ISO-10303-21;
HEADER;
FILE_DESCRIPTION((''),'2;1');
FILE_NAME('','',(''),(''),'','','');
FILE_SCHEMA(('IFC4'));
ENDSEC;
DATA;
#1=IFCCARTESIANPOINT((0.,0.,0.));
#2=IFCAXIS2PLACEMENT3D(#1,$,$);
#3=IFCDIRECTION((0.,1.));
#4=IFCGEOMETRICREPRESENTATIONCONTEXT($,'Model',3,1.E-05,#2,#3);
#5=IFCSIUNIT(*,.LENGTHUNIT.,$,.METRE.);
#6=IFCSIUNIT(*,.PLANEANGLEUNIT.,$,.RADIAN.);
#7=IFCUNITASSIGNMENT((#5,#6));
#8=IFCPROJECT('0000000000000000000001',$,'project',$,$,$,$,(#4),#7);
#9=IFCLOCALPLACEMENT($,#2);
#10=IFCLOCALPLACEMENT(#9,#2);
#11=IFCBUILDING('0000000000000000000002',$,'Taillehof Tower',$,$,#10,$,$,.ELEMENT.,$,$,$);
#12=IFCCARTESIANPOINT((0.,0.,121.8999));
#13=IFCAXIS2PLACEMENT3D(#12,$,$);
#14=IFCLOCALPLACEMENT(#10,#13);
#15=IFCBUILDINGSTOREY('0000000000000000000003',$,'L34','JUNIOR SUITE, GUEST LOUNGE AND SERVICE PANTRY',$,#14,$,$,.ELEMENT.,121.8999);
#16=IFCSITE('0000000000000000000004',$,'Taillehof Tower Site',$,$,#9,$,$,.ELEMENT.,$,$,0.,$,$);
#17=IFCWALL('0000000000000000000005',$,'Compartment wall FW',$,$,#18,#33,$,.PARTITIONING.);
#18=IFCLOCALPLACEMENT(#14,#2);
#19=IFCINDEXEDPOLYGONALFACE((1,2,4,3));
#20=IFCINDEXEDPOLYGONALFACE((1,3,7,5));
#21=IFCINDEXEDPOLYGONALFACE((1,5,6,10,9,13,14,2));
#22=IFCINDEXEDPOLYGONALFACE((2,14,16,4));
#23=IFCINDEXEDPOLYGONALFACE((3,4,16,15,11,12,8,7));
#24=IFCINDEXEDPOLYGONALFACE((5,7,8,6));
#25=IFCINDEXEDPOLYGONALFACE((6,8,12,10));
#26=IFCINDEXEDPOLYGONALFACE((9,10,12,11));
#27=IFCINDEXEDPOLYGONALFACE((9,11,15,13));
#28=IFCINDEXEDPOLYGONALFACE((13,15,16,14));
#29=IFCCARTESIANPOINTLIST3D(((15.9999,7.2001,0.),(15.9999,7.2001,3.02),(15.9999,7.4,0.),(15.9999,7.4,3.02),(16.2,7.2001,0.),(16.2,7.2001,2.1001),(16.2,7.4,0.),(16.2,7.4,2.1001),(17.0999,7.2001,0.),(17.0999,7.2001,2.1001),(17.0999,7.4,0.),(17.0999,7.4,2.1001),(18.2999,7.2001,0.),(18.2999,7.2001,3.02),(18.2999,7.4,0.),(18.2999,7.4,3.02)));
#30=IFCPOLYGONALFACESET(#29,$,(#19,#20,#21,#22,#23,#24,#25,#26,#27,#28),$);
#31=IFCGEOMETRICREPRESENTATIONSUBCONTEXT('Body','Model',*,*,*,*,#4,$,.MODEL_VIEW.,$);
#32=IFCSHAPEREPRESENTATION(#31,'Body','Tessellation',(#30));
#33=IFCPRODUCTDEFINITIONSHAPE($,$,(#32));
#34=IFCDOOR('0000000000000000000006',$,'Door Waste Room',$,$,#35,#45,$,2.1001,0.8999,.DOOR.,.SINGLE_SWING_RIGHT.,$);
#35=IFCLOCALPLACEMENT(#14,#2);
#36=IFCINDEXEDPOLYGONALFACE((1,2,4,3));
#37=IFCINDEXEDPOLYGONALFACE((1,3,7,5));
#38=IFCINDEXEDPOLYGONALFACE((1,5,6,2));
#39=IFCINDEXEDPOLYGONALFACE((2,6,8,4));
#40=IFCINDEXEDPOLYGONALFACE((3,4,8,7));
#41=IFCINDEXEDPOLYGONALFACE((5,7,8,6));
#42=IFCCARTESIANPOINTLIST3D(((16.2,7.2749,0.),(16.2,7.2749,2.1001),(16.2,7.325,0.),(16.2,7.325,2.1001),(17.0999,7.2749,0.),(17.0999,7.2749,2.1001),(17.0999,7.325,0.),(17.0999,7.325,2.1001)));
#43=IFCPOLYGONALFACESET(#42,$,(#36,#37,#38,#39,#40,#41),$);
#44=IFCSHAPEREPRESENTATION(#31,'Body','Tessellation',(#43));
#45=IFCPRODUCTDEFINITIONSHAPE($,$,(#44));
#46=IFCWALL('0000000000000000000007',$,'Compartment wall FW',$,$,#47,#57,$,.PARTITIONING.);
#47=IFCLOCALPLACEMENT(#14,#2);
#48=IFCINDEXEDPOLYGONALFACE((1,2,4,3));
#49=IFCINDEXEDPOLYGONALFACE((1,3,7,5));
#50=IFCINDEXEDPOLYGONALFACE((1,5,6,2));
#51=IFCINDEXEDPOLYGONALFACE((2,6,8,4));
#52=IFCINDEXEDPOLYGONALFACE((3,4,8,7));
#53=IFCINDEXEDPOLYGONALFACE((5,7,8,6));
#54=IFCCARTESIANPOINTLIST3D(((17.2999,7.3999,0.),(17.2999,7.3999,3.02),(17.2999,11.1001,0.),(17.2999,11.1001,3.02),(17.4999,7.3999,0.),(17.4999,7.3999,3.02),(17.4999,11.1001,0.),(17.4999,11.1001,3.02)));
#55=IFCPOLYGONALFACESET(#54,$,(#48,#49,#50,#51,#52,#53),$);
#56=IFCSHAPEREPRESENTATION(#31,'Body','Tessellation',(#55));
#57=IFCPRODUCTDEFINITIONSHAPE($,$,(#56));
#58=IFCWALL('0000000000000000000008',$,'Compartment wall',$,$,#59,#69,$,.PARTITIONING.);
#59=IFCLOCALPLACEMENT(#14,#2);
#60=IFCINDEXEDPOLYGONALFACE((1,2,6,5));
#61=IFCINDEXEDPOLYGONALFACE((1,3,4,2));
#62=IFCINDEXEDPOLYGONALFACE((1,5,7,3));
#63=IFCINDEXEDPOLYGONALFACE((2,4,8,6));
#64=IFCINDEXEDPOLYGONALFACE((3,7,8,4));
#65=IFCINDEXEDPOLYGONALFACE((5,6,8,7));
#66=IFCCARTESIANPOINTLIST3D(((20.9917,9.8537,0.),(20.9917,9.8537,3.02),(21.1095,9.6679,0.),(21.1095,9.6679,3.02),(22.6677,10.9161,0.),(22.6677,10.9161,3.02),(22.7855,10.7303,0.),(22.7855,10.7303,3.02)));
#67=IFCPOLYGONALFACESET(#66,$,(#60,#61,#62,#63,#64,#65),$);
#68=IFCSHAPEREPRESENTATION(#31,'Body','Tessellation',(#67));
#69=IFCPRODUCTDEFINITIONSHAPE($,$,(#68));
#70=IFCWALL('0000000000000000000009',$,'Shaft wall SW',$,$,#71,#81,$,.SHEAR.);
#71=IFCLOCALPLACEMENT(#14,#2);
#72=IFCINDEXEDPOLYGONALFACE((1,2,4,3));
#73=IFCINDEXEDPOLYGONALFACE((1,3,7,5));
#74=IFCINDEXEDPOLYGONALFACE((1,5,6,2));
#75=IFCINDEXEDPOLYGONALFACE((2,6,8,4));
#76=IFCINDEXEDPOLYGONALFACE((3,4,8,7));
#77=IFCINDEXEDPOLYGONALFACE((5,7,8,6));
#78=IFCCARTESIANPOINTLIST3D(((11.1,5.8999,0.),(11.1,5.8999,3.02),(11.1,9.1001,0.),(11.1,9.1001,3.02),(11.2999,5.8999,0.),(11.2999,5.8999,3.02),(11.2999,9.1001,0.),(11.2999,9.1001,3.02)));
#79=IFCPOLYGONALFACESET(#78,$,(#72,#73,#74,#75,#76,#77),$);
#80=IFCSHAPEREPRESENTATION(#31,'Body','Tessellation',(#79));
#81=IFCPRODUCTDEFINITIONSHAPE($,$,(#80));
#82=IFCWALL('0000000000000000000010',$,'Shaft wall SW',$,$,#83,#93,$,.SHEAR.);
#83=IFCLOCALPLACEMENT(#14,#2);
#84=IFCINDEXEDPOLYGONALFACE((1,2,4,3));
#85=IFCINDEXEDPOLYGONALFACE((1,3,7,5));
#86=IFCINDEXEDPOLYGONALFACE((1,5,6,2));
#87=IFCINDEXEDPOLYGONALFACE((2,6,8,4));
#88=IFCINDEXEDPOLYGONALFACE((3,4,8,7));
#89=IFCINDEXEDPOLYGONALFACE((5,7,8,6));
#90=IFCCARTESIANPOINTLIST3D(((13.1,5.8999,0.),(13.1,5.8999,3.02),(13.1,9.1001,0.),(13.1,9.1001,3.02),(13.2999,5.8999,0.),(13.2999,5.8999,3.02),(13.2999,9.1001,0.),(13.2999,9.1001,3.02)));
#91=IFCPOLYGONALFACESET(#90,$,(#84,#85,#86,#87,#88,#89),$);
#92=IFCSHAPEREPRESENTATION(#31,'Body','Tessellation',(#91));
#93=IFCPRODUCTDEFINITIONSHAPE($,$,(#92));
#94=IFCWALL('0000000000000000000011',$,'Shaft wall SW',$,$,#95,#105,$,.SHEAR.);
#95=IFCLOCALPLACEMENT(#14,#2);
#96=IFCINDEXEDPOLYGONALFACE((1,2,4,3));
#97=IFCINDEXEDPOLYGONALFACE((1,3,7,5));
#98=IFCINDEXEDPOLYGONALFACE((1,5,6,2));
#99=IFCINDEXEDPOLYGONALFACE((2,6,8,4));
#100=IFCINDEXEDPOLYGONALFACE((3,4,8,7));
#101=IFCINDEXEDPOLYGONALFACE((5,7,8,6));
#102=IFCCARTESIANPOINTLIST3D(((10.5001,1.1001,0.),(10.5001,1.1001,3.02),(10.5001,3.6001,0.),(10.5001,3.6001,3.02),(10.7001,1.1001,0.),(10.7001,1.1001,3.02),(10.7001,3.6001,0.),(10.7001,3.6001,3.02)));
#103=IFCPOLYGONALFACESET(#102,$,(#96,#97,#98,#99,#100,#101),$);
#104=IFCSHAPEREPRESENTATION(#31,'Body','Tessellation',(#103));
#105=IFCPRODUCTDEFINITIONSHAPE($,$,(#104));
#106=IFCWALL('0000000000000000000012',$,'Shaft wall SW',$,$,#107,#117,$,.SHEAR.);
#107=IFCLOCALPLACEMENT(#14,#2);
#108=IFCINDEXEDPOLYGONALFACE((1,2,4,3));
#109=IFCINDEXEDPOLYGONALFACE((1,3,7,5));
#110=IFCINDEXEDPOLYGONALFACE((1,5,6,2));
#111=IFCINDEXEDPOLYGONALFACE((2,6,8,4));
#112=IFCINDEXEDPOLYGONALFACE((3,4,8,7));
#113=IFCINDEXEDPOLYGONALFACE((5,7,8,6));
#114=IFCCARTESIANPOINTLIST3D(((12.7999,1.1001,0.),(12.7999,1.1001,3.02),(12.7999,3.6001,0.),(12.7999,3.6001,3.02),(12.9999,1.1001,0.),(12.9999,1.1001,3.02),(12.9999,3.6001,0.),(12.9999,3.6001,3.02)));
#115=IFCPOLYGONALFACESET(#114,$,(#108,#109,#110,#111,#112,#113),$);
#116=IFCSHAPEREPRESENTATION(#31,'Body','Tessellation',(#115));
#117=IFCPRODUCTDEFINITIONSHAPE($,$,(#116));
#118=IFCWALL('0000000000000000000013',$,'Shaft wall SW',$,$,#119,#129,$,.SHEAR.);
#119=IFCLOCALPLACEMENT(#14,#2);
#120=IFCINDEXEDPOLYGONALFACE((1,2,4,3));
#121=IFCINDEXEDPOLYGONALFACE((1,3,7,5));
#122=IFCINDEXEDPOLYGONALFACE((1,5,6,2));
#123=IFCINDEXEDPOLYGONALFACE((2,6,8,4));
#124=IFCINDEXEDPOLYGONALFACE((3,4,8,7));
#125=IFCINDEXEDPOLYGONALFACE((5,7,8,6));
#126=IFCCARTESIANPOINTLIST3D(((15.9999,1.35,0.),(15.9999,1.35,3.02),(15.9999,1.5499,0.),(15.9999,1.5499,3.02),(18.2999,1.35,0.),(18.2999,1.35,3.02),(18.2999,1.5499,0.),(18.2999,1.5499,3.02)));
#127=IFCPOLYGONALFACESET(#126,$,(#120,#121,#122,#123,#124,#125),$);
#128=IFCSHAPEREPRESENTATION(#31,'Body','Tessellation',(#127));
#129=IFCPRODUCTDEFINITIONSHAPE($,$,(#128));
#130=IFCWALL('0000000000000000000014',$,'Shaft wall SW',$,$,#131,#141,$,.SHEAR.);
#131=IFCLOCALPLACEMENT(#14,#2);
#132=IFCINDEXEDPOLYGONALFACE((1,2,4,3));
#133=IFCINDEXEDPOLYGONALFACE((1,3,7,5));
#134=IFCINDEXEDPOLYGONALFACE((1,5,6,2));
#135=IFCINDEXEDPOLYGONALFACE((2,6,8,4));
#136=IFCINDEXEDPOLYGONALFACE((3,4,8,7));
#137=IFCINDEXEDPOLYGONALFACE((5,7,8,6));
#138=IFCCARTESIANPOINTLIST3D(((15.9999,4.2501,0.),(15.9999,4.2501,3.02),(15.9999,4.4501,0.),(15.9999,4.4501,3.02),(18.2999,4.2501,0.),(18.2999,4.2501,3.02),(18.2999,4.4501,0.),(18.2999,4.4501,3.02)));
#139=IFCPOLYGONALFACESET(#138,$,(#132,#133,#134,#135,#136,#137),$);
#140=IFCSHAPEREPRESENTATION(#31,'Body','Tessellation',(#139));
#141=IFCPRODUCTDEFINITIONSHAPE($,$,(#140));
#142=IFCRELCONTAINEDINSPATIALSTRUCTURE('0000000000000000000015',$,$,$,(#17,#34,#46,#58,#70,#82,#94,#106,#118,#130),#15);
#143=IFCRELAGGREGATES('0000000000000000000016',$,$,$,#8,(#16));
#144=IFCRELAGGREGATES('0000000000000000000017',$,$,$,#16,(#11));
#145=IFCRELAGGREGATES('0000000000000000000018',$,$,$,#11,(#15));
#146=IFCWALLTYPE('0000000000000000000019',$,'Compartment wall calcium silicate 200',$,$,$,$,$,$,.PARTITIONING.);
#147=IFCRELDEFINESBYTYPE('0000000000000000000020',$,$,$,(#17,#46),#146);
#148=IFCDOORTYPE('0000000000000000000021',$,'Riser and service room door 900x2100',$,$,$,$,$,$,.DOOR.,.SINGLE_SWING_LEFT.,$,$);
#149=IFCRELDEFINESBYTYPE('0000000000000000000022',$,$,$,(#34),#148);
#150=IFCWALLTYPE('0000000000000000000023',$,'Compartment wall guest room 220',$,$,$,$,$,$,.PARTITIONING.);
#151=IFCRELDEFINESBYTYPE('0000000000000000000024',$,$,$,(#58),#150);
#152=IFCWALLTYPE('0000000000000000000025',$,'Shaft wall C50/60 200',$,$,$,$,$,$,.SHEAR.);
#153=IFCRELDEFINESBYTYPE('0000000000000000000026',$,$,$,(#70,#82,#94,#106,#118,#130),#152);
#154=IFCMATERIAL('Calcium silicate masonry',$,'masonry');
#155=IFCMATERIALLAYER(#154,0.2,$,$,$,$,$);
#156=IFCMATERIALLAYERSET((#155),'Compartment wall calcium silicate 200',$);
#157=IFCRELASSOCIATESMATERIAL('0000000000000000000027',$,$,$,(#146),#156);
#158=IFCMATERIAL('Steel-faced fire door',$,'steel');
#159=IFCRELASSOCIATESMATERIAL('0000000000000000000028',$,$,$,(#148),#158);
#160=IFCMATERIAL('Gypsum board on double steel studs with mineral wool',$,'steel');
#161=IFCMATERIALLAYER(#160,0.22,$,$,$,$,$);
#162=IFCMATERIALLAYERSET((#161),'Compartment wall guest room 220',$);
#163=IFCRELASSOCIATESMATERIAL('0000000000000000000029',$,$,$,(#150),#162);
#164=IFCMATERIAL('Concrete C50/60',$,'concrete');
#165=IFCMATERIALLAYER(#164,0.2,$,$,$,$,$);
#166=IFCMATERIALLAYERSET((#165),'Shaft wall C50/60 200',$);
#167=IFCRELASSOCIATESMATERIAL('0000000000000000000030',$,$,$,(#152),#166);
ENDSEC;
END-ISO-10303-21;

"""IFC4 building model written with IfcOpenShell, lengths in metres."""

from ifc_helpers import new_model, si_unit, direction, frame, frame_2d, origin, place, context, subcontext, project, spatial, rectangle, extrude, material, layer, layer_set, type_object, element, fill, save


model = new_model("IFC4")

# Units and contexts
model_context = context("Model", 3, precision=1e-05, world=origin(), true_north=direction((0.0, 1.0)))
body_context = subcontext(model_context, "Body", "Model", "MODEL_VIEW")
ifc_project = project(units=[si_unit("LENGTHUNIT", "METRE"), si_unit("PLANEANGLEUNIT", "RADIAN")], contexts=[model_context])

# Site, building, storey
site_placement = place(None, origin())
site = spatial("IfcSite", under=ifc_project, at=site_placement, Name="Taillehof Tower Site", CompositionType="ELEMENT", RefElevation=0.0)
building_placement = place(site_placement, origin())
building = spatial("IfcBuilding", under=site, at=building_placement, Name="Taillehof Tower", CompositionType="ELEMENT")
storey_placement = place(building_placement, frame((0.0, 0.0, 121.8999)))
storey = spatial("IfcBuildingStorey", under=building, at=storey_placement, Name="L34", Description="JUNIOR SUITE, GUEST LOUNGE AND SERVICE PANTRY", CompositionType="ELEMENT", Elevation=121.8999)

# Wall, opening, door
ifc_material_1 = material(Name="Calcium silicate masonry", Category="masonry")
ifc_layer_1 = layer(ifc_material_1, 0.2)
ifc_layer_set_1 = layer_set([ifc_layer_1], Name="Compartment wall calcium silicate 200")
wall_type_1 = type_object("IfcWallType", Name="Compartment wall calcium silicate 200", PredefinedType="PARTITIONING", material=ifc_layer_set_1)
wall_1_placement = place(storey_placement, frame((16.0, 7.3, 0.0), z_axis=(0.0, 0.0, 1.0), x_axis=(1.0, 0.0, 0.0)))
wall_1 = element("IfcWall", 1, at=wall_1_placement, inside=storey, type_object=wall_type_1, Name="Compartment wall FW", PredefinedType="PARTITIONING", context=body_context, shape_type="SweptSolid", body=[
    extrude(rectangle(XDim=2.3, YDim=0.2, at=frame_2d((1.1499, 0.0))), origin(), (0.0, 0.0, 1.0), 3.02),
])
opening_1_placement = place(wall_1_placement, frame((0.2, 0.0, 0.0)))
opening_1 = element("IfcOpeningElement", 2, at=opening_1_placement, cuts=wall_1, PredefinedType="OPENING", context=body_context, shape_type="SweptSolid", body=[
    extrude(rectangle(XDim=0.8999, YDim=2.1001, at=frame_2d((0.45, 1.05))), frame((0.0, 0.1099, 0.0), z_axis=(0.0, -1.0, 0.0), x_axis=(1.0, 0.0, 0.0)), (0.0, 0.0, 1.0), 0.22),
])
ifc_material_2 = material(Name="Steel-faced fire door", Category="steel")
door_type = type_object("IfcDoorType", Name="Riser and service room door 900x2100", OperationType="SINGLE_SWING_LEFT", PredefinedType="DOOR", material=ifc_material_2)
door_placement = place(opening_1_placement, origin())
door = element("IfcDoor", 3, at=door_placement, inside=storey, type_object=door_type, Name="Door Waste Room", OperationType="SINGLE_SWING_RIGHT", OverallHeight=2.1001, OverallWidth=0.8999, PredefinedType="DOOR", context=body_context, shape_type="SweptSolid", body=[
    extrude(rectangle(XDim=0.8999, YDim=2.1001, at=frame_2d((0.45, 1.05))), frame((0.0, 0.0249, 0.0), z_axis=(0.0, -1.0, 0.0), x_axis=(1.0, 0.0, 0.0)), (0.0, 0.0, 1.0), 0.05),
])
fill(opening_1, door)

# Walls
wall_2_placement = place(storey_placement, frame((17.3999, 7.3999, 0.0), z_axis=(0.0, 0.0, 1.0), x_axis=(0.0, 1.0, 0.0)))
element("IfcWall", 4, at=wall_2_placement, inside=storey, type_object=wall_type_1, Name="Compartment wall FW", PredefinedType="PARTITIONING", context=body_context, shape_type="SweptSolid", body=[
    extrude(rectangle(XDim=3.7002, YDim=0.2, at=frame_2d((1.8501, 0.0))), origin(), (0.0, 0.0, 1.0), 3.02),
])
ifc_material_3 = material(Name="Gypsum board on double steel studs with mineral wool", Category="steel")
ifc_layer_2 = layer(ifc_material_3, 0.22)
ifc_layer_set_2 = layer_set([ifc_layer_2], Name="Compartment wall guest room 220")
wall_type_2 = type_object("IfcWallType", Name="Compartment wall guest room 220", PredefinedType="PARTITIONING", material=ifc_layer_set_2)
wall_3_placement = place(storey_placement, frame((22.7266, 10.8232, 0.0), z_axis=(0.0, 0.0, 1.0), x_axis=(-0.844587, -0.535418, 0.0)))
element("IfcWall", 5, at=wall_3_placement, inside=storey, type_object=wall_type_2, Name="Compartment wall", PredefinedType="PARTITIONING", context=body_context, shape_type="SweptSolid", body=[
    extrude(rectangle(XDim=1.9844, YDim=0.22, at=frame_2d((0.9922, 0.0))), origin(), (0.0, 0.0, 1.0), 3.02),
])
ifc_material_4 = material(Name="Concrete C50/60", Category="concrete")
ifc_layer_3 = layer(ifc_material_4, 0.2)
ifc_layer_set_3 = layer_set([ifc_layer_3], Name="Shaft wall C50/60 200")
wall_type_3 = type_object("IfcWallType", Name="Shaft wall C50/60 200", PredefinedType="SHEAR", material=ifc_layer_set_3)
for number, where, z_axis, x_axis, name in (
    (6, (11.2, 5.8999, 0.0), (0.0, 0.0, 1.0), (0.0, 1.0, 0.0), "Shaft wall SW"),
    (7, (13.2, 5.8999, 0.0), (0.0, 0.0, 1.0), (0.0, 1.0, 0.0), "Shaft wall SW"),
):
    element("IfcWall", number, at=place(storey_placement, frame(where, z_axis=z_axis, x_axis=x_axis)), inside=storey, type_object=wall_type_3, Name=name, PredefinedType="SHEAR", context=body_context, shape_type="SweptSolid", body=[
        extrude(rectangle(XDim=3.2002, YDim=0.2, at=frame_2d((1.6001, 0.0))), origin(), (0.0, 0.0, 1.0), 3.02),
    ])
for number, where, z_axis, x_axis, name in (
    (8, (10.6001, 1.1001, 0.0), (0.0, 0.0, 1.0), (0.0, 1.0, 0.0), "Shaft wall SW"),
    (9, (12.8999, 1.1001, 0.0), (0.0, 0.0, 1.0), (0.0, 1.0, 0.0), "Shaft wall SW"),
):
    element("IfcWall", number, at=place(storey_placement, frame(where, z_axis=z_axis, x_axis=x_axis)), inside=storey, type_object=wall_type_3, Name=name, PredefinedType="SHEAR", context=body_context, shape_type="SweptSolid", body=[
        extrude(rectangle(XDim=2.5, YDim=0.2, at=frame_2d((1.25, 0.0))), origin(), (0.0, 0.0, 1.0), 3.02),
    ])
for number, where, z_axis, x_axis, name in (
    (10, (16.0, 1.45, 0.0), (0.0, 0.0, 1.0), (1.0, 0.0, 0.0), "Shaft wall SW"),
    (11, (16.0, 4.3501, 0.0), (0.0, 0.0, 1.0), (1.0, 0.0, 0.0), "Shaft wall SW"),
):
    element("IfcWall", number, at=place(storey_placement, frame(where, z_axis=z_axis, x_axis=x_axis)), inside=storey, type_object=wall_type_3, Name=name, PredefinedType="SHEAR", context=body_context, shape_type="SweptSolid", body=[
        extrude(rectangle(XDim=2.3, YDim=0.2, at=frame_2d((1.1499, 0.0))), origin(), (0.0, 0.0, 1.0), 3.02),
    ])

save(model, "model.ifc")
